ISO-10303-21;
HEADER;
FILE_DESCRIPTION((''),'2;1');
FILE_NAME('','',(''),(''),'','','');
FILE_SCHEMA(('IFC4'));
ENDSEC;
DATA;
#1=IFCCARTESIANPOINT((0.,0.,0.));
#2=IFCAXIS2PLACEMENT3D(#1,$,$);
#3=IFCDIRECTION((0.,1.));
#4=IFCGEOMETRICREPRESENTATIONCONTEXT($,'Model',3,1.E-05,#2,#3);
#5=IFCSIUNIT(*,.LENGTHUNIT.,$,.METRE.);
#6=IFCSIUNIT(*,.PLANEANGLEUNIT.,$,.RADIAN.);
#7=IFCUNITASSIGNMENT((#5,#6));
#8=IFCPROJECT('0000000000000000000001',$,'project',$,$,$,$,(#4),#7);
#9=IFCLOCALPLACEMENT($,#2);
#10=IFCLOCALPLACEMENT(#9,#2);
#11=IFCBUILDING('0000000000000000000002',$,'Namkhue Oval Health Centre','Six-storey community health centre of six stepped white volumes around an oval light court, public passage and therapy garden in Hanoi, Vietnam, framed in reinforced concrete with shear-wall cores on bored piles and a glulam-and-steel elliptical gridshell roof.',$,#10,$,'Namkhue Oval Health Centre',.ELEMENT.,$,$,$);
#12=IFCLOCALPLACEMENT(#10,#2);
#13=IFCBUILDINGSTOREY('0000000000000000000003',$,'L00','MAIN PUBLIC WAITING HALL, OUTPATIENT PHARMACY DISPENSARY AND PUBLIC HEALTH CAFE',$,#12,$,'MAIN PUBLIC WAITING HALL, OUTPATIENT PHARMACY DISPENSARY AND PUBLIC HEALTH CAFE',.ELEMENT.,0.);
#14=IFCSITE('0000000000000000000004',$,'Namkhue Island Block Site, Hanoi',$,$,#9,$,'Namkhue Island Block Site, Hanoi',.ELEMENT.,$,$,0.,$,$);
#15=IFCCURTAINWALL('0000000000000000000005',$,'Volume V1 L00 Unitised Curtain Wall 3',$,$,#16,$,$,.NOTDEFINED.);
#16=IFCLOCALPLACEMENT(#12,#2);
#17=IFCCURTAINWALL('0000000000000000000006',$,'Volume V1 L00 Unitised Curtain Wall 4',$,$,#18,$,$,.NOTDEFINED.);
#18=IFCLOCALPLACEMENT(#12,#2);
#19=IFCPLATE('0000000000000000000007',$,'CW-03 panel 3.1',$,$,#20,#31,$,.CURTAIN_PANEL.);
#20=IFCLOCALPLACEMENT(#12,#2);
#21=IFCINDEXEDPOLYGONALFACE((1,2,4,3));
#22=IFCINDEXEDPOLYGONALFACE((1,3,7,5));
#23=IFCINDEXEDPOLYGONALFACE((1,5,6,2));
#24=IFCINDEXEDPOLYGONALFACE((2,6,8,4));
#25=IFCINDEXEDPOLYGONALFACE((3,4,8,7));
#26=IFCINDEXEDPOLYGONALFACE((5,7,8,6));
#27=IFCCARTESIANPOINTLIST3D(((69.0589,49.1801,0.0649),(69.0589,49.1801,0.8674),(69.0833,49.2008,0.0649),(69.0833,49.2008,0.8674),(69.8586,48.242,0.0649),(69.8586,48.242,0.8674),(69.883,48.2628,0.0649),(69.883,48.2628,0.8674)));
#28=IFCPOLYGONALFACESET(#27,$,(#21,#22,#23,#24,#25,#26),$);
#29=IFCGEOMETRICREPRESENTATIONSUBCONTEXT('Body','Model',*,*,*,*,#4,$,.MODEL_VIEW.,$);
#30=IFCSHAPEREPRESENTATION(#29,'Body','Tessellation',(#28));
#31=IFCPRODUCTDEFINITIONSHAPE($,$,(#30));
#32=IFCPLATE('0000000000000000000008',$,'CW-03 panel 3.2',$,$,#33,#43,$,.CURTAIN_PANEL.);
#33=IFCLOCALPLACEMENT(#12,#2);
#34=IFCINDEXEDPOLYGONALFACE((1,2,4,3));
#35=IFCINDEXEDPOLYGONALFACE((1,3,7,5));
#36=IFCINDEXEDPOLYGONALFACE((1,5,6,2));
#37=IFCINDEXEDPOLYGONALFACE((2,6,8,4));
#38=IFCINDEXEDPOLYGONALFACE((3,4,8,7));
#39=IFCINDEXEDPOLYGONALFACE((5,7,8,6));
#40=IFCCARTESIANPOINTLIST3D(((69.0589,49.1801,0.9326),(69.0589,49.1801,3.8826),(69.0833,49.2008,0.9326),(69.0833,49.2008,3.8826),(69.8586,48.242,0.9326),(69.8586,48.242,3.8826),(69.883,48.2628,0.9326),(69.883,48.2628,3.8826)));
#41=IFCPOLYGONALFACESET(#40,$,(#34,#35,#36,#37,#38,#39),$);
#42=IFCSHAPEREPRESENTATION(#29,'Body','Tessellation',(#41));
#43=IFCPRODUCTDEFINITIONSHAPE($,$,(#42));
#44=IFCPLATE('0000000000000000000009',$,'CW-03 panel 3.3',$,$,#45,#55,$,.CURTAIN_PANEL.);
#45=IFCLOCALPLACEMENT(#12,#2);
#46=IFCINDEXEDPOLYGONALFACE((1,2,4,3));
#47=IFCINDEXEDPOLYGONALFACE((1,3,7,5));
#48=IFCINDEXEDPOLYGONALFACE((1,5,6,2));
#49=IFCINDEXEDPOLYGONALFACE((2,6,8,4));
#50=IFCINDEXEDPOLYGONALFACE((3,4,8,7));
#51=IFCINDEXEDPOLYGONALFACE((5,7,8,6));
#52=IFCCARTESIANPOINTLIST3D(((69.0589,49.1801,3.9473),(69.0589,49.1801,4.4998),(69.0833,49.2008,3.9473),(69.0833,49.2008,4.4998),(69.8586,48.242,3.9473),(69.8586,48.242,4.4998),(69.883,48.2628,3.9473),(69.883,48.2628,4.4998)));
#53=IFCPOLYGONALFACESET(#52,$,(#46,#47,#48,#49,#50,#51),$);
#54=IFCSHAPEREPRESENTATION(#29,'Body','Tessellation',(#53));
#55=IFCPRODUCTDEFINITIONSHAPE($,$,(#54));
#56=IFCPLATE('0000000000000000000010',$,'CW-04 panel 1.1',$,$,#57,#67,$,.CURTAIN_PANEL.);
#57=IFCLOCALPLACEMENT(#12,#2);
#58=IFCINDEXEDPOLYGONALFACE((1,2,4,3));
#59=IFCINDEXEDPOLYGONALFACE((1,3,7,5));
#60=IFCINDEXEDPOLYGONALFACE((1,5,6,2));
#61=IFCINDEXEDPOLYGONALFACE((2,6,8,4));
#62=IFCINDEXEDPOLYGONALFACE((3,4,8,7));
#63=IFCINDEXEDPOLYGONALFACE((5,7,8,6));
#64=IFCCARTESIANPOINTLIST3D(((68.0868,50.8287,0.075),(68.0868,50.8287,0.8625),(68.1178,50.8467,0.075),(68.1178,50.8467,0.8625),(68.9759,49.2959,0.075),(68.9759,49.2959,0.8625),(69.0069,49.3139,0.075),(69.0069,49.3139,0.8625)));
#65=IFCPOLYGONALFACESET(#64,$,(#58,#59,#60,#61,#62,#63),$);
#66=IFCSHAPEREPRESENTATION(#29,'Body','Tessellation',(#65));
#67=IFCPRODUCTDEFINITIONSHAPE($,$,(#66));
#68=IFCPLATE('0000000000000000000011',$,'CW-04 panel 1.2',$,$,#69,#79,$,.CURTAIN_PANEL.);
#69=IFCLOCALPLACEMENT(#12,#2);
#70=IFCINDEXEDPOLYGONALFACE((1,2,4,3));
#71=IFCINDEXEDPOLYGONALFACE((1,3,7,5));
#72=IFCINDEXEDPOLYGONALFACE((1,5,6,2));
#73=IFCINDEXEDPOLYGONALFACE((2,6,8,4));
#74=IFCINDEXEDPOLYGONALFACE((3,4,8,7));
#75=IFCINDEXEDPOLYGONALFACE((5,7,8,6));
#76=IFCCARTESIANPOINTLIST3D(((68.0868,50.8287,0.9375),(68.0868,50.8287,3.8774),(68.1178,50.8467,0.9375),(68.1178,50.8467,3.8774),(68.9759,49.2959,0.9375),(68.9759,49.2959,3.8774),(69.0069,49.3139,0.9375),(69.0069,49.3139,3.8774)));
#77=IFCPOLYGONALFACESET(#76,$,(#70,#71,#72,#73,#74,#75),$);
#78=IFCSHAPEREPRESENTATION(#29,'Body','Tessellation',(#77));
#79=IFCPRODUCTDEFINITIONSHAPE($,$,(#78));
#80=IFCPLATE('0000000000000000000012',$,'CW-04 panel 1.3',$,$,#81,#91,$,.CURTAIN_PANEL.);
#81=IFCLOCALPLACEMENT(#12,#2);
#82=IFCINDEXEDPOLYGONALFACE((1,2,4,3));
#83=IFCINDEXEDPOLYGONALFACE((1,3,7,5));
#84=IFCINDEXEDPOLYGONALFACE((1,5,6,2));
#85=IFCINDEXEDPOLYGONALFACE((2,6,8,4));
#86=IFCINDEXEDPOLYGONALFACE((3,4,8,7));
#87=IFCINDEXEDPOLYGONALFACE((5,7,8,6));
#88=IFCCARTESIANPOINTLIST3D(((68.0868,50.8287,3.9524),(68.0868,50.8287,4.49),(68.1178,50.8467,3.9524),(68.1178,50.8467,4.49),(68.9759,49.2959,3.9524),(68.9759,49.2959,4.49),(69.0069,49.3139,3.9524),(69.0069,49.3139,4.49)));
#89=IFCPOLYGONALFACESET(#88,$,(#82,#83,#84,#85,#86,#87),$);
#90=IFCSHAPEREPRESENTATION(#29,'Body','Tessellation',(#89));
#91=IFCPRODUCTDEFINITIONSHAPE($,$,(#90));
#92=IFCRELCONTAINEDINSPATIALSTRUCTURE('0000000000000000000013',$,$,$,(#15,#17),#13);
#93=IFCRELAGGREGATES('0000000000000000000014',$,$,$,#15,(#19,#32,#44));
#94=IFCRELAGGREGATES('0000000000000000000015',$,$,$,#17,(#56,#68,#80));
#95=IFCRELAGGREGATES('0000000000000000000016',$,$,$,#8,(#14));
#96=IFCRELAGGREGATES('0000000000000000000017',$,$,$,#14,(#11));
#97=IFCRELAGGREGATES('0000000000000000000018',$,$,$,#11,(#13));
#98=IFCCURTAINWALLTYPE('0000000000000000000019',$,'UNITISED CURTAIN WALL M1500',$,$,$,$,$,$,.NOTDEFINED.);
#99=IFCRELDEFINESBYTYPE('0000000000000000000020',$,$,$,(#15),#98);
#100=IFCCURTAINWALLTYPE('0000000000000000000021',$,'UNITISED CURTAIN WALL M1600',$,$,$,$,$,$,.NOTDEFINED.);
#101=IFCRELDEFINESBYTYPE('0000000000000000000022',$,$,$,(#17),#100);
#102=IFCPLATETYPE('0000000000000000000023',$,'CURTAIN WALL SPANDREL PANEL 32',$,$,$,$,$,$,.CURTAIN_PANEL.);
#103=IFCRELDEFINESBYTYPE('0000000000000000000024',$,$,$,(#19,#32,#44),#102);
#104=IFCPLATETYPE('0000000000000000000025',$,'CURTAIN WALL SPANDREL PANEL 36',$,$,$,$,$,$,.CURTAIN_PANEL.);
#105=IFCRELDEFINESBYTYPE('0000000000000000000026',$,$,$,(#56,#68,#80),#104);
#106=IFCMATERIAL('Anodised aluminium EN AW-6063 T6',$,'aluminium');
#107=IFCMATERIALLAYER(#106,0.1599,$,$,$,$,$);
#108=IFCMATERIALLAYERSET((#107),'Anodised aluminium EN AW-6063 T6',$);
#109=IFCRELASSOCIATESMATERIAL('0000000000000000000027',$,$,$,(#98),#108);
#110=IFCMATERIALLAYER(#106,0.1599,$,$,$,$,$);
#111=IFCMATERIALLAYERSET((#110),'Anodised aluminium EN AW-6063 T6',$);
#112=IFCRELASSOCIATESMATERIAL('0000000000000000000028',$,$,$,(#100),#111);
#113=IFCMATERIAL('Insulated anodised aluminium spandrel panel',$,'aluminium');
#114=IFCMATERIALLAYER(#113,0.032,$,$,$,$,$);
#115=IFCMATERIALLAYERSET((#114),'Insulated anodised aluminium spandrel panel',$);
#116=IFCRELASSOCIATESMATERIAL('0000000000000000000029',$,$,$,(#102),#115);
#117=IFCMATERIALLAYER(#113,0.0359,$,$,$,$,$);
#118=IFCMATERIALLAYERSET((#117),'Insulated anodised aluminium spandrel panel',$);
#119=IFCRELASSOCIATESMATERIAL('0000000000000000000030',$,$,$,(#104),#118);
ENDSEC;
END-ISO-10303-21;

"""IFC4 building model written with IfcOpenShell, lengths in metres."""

from ifc_helpers import new_model, si_unit, direction, frame, origin, origin_2d, place, context, subcontext, project, spatial, rectangle, extrude, material, layer, layer_set, type_object, element, aggregate, save


model = new_model("IFC4")

# Units and contexts
model_context = context("Model", 3, precision=1e-05, world=origin(), true_north=direction((0.0, 1.0)))
body_context = subcontext(model_context, "Body", "Model", "MODEL_VIEW")
ifc_project = project(units=[si_unit("LENGTHUNIT", "METRE"), si_unit("PLANEANGLEUNIT", "RADIAN")], contexts=[model_context])

# Site, building, storey
site_placement = place(None, origin())
site = spatial("IfcSite", under=ifc_project, at=site_placement, Name="Namkhue Island Block Site, Hanoi", LongName="Namkhue Island Block Site, Hanoi", CompositionType="ELEMENT", RefElevation=0.0)
building_placement = place(site_placement, origin())
building = spatial("IfcBuilding", under=site, at=building_placement, Name="Namkhue Oval Health Centre", Description="Six-storey community health centre of six stepped white volumes around an oval light court, public passage and therapy garden in Hanoi, Vietnam, framed in reinforced concrete with shear-wall cores on bored piles and a glulam-and-steel elliptical gridshell roof.", LongName="Namkhue Oval Health Centre", CompositionType="ELEMENT")
storey_placement = place(building_placement, origin())
storey = spatial("IfcBuildingStorey", under=building, at=storey_placement, Name="L00", Description="MAIN PUBLIC WAITING HALL, OUTPATIENT PHARMACY DISPENSARY AND PUBLIC HEALTH CAFE", LongName="MAIN PUBLIC WAITING HALL, OUTPATIENT PHARMACY DISPENSARY AND PUBLIC HEALTH CAFE", CompositionType="ELEMENT", Elevation=0.0)

# Curtain wall
ifc_material_1 = material(Name="Anodised aluminium EN AW-6063 T6", Category="aluminium")
ifc_layer_1 = layer(ifc_material_1, 0.1599)
ifc_layer_set_1 = layer_set([ifc_layer_1], Name="Anodised aluminium EN AW-6063 T6")
curtain_wall_type_1 = type_object("IfcCurtainWallType", Name="UNITISED CURTAIN WALL M1500", PredefinedType="NOTDEFINED", material=ifc_layer_set_1)
curtain_wall_1_placement = place(storey_placement, origin())
curtain_wall_1 = element("IfcCurtainWall", 1, at=curtain_wall_1_placement, inside=storey, type_object=curtain_wall_type_1, Name="Volume V1 L00 Unitised Curtain Wall 3", PredefinedType="NOTDEFINED")

# Curtain wall
ifc_layer_2 = layer(ifc_material_1, 0.1599)
ifc_layer_set_2 = layer_set([ifc_layer_2], Name="Anodised aluminium EN AW-6063 T6")
curtain_wall_type_2 = type_object("IfcCurtainWallType", Name="UNITISED CURTAIN WALL M1600", PredefinedType="NOTDEFINED", material=ifc_layer_set_2)
curtain_wall_2_placement = place(storey_placement, origin())
curtain_wall_2 = element("IfcCurtainWall", 2, at=curtain_wall_2_placement, inside=storey, type_object=curtain_wall_type_2, Name="Volume V1 L00 Unitised Curtain Wall 4", PredefinedType="NOTDEFINED")

# Plates
ifc_material_2 = material(Name="Insulated anodised aluminium spandrel panel", Category="aluminium")
ifc_layer_3 = layer(ifc_material_2, 0.032)
ifc_layer_set_3 = layer_set([ifc_layer_3], Name="Insulated anodised aluminium spandrel panel")
plate_type_1 = type_object("IfcPlateType", Name="CURTAIN WALL SPANDREL PANEL 32", PredefinedType="CURTAIN_PANEL", material=ifc_layer_set_3)
plate_1_placement = place(storey_placement, frame((69.4709, 48.7214, 0.0649), z_axis=(0.0, 0.0, 1.0), x_axis=(-0.648746, 0.761005, 0.0)))
plate_1 = element("IfcPlate", 3, at=plate_1_placement, type_object=plate_type_1, Name="CW-03 panel 3.1", PredefinedType="CURTAIN_PANEL", context=body_context, shape_type="SweptSolid", body=[
    extrude(rectangle(XDim=1.2327, YDim=0.032, at=origin_2d()), origin(), (0.0, 0.0, 1.0), 0.8025),
])
plate_2_placement = place(storey_placement, frame((69.4709, 48.7214, 0.9326), z_axis=(0.0, 0.0, 1.0), x_axis=(-0.648746, 0.761005, 0.0)))
plate_2 = element("IfcPlate", 4, at=plate_2_placement, type_object=plate_type_1, Name="CW-03 panel 3.2", PredefinedType="CURTAIN_PANEL", context=body_context, shape_type="SweptSolid", body=[
    extrude(rectangle(XDim=1.2327, YDim=0.032, at=origin_2d()), origin(), (0.0, 0.0, 1.0), 2.95),
])
plate_3_placement = place(storey_placement, frame((69.4709, 48.7214, 3.9473), z_axis=(0.0, 0.0, 1.0), x_axis=(-0.648746, 0.761005, 0.0)))
plate_3 = element("IfcPlate", 5, at=plate_3_placement, type_object=plate_type_1, Name="CW-03 panel 3.3", PredefinedType="CURTAIN_PANEL", context=body_context, shape_type="SweptSolid", body=[
    extrude(rectangle(XDim=1.2327, YDim=0.032, at=origin_2d()), origin(), (0.0, 0.0, 1.0), 0.5525),
])
aggregate(curtain_wall_1, [plate_1, plate_2, plate_3])
ifc_layer_4 = layer(ifc_material_2, 0.0359)
ifc_layer_set_4 = layer_set([ifc_layer_4], Name="Insulated anodised aluminium spandrel panel")
plate_type_2 = type_object("IfcPlateType", Name="CURTAIN WALL SPANDREL PANEL 36", PredefinedType="CURTAIN_PANEL", material=ifc_layer_set_4)
plate_4_placement = place(storey_placement, frame((68.5469, 50.0713, 0.075), z_axis=(0.0, 0.0, 1.0), x_axis=(-0.501758, 0.865008, 0.0)))
plate_4 = element("IfcPlate", 6, at=plate_4_placement, type_object=plate_type_2, Name="CW-04 panel 1.1", PredefinedType="CURTAIN_PANEL", context=body_context, shape_type="SweptSolid", body=[
    extrude(rectangle(XDim=1.772, YDim=0.0359, at=origin_2d()), origin(), (0.0, 0.0, 1.0), 0.7876),
])
plate_5_placement = place(storey_placement, frame((68.5469, 50.0713, 0.9375), z_axis=(0.0, 0.0, 1.0), x_axis=(-0.501758, 0.865008, 0.0)))
plate_5 = element("IfcPlate", 7, at=plate_5_placement, type_object=plate_type_2, Name="CW-04 panel 1.2", PredefinedType="CURTAIN_PANEL", context=body_context, shape_type="SweptSolid", body=[
    extrude(rectangle(XDim=1.772, YDim=0.0359, at=origin_2d()), origin(), (0.0, 0.0, 1.0), 2.9399),
])
plate_6_placement = place(storey_placement, frame((68.5469, 50.0713, 3.9524), z_axis=(0.0, 0.0, 1.0), x_axis=(-0.501758, 0.865008, 0.0)))
plate_6 = element("IfcPlate", 8, at=plate_6_placement, type_object=plate_type_2, Name="CW-04 panel 1.3", PredefinedType="CURTAIN_PANEL", context=body_context, shape_type="SweptSolid", body=[
    extrude(rectangle(XDim=1.772, YDim=0.0359, at=origin_2d()), origin(), (0.0, 0.0, 1.0), 0.5376),
])
aggregate(curtain_wall_2, [plate_4, plate_5, plate_6])

save(model, "model.ifc")
